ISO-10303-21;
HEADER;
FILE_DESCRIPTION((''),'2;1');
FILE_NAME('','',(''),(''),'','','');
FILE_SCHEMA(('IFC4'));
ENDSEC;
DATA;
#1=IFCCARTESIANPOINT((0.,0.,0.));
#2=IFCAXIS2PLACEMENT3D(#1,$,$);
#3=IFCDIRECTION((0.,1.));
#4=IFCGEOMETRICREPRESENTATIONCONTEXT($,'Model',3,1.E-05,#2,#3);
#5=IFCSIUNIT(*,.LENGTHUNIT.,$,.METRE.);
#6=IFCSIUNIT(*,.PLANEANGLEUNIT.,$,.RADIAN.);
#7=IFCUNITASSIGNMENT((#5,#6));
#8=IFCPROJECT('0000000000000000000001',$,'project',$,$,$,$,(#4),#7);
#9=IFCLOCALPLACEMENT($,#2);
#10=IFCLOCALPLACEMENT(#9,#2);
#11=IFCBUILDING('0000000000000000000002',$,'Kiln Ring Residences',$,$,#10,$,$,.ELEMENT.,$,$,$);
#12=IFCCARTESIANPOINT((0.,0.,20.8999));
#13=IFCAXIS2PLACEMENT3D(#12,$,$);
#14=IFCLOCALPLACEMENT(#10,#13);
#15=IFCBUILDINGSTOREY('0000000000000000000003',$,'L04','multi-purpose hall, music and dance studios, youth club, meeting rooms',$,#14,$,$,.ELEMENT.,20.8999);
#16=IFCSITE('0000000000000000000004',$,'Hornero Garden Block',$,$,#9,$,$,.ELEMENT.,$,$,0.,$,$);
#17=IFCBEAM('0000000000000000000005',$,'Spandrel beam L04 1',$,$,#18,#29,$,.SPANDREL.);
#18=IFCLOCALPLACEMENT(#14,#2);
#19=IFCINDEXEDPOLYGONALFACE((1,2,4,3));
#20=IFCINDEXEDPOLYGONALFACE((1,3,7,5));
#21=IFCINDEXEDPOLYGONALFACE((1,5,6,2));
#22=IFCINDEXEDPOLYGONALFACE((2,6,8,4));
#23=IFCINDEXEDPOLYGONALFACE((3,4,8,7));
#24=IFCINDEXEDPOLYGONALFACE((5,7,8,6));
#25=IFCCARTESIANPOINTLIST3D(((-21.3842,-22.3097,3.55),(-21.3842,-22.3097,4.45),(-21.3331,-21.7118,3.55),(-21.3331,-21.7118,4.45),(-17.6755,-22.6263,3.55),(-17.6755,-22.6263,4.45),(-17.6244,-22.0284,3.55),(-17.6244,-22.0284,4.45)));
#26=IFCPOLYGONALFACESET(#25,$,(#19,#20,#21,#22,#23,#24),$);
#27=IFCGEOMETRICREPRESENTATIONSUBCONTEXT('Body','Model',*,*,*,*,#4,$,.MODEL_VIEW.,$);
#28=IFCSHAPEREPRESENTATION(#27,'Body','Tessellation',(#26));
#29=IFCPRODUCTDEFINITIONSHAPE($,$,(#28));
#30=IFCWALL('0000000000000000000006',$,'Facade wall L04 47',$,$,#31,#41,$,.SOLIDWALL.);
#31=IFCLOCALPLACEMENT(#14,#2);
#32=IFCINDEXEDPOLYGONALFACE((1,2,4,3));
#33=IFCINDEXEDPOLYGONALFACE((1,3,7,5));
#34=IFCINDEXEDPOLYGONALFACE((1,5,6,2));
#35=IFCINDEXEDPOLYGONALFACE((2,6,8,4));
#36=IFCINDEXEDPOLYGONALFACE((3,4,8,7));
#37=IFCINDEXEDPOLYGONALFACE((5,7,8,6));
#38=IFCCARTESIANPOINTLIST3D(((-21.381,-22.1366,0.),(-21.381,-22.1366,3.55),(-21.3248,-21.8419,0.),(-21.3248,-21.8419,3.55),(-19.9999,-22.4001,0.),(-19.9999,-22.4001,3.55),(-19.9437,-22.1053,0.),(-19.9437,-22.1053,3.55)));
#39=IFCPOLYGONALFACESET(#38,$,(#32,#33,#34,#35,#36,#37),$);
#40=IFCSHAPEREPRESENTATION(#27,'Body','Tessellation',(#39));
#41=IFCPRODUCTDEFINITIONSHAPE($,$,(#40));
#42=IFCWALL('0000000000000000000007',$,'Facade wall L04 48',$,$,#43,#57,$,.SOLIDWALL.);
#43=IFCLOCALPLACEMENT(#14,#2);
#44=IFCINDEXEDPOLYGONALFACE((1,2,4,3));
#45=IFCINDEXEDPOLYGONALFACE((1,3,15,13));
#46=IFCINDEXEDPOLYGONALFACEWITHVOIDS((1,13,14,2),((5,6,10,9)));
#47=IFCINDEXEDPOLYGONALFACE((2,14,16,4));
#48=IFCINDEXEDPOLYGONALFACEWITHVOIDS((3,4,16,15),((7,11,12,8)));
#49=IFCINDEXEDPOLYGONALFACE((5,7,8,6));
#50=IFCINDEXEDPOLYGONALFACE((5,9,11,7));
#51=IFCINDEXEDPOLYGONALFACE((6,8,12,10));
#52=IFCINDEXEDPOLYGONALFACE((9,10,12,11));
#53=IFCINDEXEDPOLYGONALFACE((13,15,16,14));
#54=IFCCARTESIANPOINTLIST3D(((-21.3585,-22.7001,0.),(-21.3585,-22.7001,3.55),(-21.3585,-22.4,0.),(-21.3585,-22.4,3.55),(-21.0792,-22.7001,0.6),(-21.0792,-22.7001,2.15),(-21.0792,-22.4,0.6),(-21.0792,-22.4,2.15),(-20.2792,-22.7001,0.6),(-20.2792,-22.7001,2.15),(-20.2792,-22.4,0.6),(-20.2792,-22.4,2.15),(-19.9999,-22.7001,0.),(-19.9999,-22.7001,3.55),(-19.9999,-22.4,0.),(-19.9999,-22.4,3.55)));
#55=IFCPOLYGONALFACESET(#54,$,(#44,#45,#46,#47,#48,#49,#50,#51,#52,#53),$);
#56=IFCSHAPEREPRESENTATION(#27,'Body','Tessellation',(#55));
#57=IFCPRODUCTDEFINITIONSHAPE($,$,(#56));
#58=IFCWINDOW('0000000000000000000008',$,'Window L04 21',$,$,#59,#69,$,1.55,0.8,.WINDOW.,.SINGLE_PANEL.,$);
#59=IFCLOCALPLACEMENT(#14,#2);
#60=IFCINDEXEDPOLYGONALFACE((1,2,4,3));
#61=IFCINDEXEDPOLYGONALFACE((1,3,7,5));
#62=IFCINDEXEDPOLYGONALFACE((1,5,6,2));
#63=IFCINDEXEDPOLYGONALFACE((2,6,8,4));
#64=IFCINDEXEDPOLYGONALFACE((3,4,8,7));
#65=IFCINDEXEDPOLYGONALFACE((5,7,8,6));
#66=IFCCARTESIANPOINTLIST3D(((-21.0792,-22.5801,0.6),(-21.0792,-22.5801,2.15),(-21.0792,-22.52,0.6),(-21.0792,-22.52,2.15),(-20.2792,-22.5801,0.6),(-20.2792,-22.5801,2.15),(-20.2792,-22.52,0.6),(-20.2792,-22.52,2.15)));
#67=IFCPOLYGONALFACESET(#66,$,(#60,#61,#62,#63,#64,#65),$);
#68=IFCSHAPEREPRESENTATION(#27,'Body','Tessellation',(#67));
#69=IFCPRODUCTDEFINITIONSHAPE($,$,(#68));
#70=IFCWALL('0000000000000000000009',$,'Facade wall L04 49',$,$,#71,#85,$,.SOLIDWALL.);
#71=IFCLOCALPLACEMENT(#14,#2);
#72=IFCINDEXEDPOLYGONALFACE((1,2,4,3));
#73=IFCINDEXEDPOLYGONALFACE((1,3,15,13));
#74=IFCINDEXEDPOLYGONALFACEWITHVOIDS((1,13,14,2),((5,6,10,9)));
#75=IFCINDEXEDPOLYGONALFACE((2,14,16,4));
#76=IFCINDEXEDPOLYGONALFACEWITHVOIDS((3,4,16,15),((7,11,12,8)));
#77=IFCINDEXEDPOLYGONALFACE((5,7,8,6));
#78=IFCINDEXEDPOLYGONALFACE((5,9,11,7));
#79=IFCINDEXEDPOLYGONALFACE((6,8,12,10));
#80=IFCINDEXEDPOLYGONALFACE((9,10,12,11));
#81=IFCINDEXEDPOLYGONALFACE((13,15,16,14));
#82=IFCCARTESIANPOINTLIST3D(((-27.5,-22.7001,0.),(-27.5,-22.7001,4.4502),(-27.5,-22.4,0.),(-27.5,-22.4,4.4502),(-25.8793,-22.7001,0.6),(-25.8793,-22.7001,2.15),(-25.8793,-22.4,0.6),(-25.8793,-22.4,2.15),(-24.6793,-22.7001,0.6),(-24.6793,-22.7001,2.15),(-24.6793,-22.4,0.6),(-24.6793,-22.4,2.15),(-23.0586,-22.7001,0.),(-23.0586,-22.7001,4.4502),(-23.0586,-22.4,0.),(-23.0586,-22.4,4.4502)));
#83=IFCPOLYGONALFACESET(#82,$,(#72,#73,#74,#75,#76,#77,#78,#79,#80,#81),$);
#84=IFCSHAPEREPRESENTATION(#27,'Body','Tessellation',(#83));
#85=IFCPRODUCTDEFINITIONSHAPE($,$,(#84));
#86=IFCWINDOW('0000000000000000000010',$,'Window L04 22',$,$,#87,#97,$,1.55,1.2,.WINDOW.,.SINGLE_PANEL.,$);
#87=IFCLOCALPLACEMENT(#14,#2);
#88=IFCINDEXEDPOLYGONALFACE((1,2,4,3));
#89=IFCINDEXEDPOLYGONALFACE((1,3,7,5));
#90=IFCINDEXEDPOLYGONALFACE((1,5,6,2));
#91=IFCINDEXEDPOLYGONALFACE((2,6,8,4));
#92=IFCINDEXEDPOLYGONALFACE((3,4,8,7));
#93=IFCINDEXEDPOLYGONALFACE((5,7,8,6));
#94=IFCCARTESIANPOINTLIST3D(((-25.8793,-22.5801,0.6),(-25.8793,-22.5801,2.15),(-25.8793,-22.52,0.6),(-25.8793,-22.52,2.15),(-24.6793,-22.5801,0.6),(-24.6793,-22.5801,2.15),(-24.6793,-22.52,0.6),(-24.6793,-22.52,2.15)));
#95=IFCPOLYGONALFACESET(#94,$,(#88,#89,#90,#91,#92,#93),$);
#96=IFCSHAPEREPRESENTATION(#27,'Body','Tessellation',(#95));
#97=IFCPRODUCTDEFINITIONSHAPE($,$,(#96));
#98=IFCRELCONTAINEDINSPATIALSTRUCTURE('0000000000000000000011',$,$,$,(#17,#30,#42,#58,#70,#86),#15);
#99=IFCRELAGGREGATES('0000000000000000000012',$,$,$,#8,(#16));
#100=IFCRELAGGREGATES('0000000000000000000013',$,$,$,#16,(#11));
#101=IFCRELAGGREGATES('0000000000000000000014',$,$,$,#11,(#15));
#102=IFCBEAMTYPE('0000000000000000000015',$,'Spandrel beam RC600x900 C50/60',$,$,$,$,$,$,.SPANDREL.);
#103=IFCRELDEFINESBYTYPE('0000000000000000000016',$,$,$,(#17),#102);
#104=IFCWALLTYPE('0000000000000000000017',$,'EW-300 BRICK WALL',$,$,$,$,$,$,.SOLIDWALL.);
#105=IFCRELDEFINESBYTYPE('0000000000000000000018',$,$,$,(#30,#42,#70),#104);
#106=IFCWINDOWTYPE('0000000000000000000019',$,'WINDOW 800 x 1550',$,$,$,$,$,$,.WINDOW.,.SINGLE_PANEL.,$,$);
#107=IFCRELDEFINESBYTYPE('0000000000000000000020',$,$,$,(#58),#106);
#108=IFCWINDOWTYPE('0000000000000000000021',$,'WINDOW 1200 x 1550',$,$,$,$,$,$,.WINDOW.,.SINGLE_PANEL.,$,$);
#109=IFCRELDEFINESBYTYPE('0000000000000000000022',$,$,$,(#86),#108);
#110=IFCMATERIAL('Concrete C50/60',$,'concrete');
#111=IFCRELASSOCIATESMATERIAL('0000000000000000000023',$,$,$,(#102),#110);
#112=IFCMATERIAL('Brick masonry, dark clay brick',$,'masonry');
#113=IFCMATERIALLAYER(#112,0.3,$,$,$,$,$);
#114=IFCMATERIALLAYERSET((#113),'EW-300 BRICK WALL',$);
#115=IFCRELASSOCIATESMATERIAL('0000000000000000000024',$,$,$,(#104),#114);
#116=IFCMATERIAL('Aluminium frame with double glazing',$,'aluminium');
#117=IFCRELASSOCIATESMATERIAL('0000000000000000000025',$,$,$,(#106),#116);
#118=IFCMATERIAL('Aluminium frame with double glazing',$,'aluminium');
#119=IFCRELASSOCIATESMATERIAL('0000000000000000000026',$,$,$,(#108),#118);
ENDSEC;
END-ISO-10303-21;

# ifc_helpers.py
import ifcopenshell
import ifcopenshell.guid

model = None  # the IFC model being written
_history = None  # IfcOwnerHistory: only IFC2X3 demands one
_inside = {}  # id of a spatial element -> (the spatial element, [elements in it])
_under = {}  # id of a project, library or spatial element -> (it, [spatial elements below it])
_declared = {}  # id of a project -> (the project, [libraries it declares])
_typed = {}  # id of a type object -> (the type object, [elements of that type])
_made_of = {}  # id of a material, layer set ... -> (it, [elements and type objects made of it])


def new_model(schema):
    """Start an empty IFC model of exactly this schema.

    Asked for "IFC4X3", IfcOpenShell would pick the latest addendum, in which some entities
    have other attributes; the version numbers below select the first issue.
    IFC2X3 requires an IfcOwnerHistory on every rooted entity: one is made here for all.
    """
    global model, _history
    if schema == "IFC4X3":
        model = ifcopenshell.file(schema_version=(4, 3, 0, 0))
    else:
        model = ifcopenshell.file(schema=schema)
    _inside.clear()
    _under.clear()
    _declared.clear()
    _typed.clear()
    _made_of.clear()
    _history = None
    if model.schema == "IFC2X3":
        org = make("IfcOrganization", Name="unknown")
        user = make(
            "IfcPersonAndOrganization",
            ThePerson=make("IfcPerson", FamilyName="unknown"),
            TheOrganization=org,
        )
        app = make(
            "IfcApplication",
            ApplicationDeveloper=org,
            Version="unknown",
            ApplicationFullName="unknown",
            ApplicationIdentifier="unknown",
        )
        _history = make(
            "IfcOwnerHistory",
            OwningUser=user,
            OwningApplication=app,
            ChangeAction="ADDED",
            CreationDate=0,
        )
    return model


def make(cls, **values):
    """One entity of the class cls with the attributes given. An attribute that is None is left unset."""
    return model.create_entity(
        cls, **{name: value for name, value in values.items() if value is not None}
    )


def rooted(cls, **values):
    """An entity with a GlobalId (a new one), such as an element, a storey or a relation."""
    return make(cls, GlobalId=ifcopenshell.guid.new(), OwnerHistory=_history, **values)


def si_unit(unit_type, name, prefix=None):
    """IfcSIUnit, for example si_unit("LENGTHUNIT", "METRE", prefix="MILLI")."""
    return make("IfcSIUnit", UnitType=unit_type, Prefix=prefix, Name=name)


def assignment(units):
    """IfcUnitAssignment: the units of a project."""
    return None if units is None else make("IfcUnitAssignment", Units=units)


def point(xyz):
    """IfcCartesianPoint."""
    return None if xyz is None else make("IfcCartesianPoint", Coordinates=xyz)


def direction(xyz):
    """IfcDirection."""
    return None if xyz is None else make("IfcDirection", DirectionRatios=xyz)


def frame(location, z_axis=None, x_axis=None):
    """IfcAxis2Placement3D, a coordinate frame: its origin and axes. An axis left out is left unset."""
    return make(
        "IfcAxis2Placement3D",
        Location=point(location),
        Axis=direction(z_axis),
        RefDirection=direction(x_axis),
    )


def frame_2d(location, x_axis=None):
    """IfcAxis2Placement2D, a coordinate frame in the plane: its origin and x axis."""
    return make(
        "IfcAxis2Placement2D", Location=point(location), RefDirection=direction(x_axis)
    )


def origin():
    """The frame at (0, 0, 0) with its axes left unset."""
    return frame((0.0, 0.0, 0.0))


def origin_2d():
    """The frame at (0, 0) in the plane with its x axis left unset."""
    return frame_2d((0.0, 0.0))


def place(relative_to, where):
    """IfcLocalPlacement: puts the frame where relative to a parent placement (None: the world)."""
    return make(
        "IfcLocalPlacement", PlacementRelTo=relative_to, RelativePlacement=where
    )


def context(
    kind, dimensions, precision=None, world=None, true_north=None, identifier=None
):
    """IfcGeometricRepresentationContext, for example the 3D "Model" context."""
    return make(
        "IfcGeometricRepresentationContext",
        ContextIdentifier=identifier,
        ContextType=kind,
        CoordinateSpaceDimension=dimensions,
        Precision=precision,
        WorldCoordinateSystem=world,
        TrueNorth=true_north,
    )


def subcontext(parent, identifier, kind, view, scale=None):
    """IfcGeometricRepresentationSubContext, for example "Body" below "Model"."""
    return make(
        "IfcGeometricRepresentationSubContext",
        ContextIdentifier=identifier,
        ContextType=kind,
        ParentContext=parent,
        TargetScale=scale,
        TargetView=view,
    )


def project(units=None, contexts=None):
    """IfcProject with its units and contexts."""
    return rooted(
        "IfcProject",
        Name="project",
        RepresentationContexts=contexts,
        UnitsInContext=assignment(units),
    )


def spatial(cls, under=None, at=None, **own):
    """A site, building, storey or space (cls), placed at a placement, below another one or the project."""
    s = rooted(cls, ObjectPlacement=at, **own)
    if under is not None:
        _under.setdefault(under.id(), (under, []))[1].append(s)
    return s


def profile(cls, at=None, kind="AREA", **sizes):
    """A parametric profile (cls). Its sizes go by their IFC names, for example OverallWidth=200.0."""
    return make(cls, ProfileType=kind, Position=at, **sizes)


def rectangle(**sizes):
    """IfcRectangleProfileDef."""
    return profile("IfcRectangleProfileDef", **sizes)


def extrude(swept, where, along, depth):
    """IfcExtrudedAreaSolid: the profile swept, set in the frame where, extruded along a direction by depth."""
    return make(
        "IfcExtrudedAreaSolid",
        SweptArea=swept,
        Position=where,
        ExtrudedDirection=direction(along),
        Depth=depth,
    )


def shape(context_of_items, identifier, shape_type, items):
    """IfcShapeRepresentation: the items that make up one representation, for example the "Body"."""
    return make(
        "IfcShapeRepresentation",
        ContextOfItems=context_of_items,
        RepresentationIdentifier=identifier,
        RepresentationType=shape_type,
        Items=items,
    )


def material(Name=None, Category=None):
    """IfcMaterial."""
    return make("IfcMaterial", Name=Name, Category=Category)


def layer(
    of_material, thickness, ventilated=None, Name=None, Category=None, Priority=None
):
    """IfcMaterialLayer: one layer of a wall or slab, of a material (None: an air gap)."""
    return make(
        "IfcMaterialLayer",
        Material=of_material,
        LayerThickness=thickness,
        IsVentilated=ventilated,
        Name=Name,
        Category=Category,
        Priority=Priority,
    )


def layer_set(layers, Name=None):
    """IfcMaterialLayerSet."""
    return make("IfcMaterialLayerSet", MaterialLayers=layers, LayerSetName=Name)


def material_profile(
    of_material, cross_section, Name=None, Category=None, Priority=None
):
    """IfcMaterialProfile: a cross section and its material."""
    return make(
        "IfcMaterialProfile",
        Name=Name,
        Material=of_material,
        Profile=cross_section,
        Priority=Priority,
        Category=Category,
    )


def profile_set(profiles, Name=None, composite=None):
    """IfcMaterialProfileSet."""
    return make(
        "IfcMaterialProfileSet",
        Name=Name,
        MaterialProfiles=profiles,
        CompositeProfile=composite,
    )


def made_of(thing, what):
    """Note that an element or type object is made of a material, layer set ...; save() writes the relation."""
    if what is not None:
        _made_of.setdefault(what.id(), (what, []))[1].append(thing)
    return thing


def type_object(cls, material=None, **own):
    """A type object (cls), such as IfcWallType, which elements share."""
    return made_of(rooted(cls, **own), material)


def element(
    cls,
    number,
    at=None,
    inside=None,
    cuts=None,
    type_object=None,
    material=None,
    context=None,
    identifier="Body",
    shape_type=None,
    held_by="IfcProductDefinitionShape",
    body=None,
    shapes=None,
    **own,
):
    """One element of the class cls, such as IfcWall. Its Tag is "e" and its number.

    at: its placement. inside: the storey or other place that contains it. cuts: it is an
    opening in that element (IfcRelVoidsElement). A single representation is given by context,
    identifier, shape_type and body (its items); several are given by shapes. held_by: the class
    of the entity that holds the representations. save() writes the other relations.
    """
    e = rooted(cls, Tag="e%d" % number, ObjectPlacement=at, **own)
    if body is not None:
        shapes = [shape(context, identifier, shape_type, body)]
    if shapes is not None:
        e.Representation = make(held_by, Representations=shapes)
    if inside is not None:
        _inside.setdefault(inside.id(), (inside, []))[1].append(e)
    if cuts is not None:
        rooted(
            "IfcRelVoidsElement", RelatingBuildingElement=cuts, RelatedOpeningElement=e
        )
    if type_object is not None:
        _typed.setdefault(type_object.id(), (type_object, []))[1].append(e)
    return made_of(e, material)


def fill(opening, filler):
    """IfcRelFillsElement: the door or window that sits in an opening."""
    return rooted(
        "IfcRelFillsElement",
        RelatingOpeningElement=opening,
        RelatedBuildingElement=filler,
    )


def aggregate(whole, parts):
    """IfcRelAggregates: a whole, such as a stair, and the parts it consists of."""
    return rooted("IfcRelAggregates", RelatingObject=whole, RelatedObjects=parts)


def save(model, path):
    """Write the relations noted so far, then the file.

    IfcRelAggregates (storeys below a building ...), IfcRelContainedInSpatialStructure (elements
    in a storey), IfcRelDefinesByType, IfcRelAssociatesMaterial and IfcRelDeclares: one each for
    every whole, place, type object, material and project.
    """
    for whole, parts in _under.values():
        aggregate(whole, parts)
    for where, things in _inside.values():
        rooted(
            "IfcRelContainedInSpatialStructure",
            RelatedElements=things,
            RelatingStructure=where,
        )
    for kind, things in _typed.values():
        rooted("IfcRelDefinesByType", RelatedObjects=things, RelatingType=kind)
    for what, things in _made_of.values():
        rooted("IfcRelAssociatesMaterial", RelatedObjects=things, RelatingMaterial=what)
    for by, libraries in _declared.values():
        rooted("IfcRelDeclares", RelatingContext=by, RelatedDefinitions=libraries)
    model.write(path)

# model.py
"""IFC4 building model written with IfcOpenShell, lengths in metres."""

from ifc_helpers import new_model, si_unit, direction, frame, frame_2d, origin, origin_2d, place, context, subcontext, project, spatial, rectangle, extrude, material, layer, layer_set, material_profile, profile_set, type_object, element, fill, save


model = new_model("IFC4")

# Units and contexts
model_context = context("Model", 3, precision=1e-05, world=origin(), true_north=direction((0.0, 1.0)))
body_context = subcontext(model_context, "Body", "Model", "MODEL_VIEW")
ifc_project = project(units=[si_unit("LENGTHUNIT", "METRE"), si_unit("PLANEANGLEUNIT", "RADIAN")], contexts=[model_context])

# Site, building, storey
site_placement = place(None, origin())
site = spatial("IfcSite", under=ifc_project, at=site_placement, Name="Hornero Garden Block", CompositionType="ELEMENT", RefElevation=0.0)
building_placement = place(site_placement, origin())
building = spatial("IfcBuilding", under=site, at=building_placement, Name="Kiln Ring Residences", CompositionType="ELEMENT")
storey_placement = place(building_placement, frame((0.0, 0.0, 20.8999)))
storey = spatial("IfcBuildingStorey", under=building, at=storey_placement, Name="L04", Description="multi-purpose hall, music and dance studios, youth club, meeting rooms", CompositionType="ELEMENT", Elevation=20.8999)

# Beam
ifc_material_1 = material(Name="Concrete C50/60", Category="concrete")
ifc_material_profile = material_profile(ifc_material_1, rectangle(XDim=0.6001, YDim=0.8999, at=origin_2d()), Name="RC600x900")
ifc_profile_set = profile_set([ifc_material_profile], Name="Concrete C50/60")
beam_type = type_object("IfcBeamType", Name="Spandrel beam RC600x900 C50/60", PredefinedType="SPANDREL", material=ifc_profile_set)
beam_placement = place(storey_placement, frame((-21.3586, -22.0107, 4.0), z_axis=(0.996375, -0.08507, 0.0), x_axis=(0.08507, 0.996375, 0.0)))
element("IfcBeam", 1, at=beam_placement, inside=storey, type_object=beam_type, Name="Spandrel beam L04 1", PredefinedType="SPANDREL", context=body_context, shape_type="SweptSolid", body=[
    extrude(rectangle(XDim=0.6001, YDim=0.8999, at=origin_2d()), origin(), (0.0, 0.0, 1.0), 3.7222),
])

# Wall
ifc_material_2 = material(Name="Brick masonry, dark clay brick", Category="masonry")
ifc_layer_1 = layer(ifc_material_2, 0.3)
ifc_layer_set_1 = layer_set([ifc_layer_1], Name="EW-300 BRICK WALL")
wall_type_1 = type_object("IfcWallType", Name="EW-300 BRICK WALL", PredefinedType="SOLIDWALL", material=ifc_layer_set_1)
wall_1_placement = place(storey_placement, frame((-21.353, -21.9893, 0.0), z_axis=(0.0, 0.0, 1.0), x_axis=(0.982291, -0.187359, 0.0)))
element("IfcWall", 2, at=wall_1_placement, inside=storey, type_object=wall_type_1, Name="Facade wall L04 47", PredefinedType="SOLIDWALL", context=body_context, shape_type="SweptSolid", body=[
    extrude(rectangle(XDim=1.406, YDim=0.3, at=frame_2d((0.7031, 0.0))), origin(), (0.0, 0.0, 1.0), 3.55),
])

# Walls, openings, windows
wall_2_placement = place(storey_placement, frame((-20.0, -22.55, 0.0), z_axis=(0.0, 0.0, 1.0), x_axis=(-1.0, 0.0, 0.0)))
wall_2 = element("IfcWall", 3, at=wall_2_placement, inside=storey, type_object=wall_type_1, Name="Facade wall L04 48", PredefinedType="SOLIDWALL", context=body_context, shape_type="SweptSolid", body=[
    extrude(rectangle(XDim=1.3586, YDim=0.3, at=frame_2d((0.6792, 0.0))), origin(), (0.0, 0.0, 1.0), 3.55),
])
opening_1_placement = place(wall_2_placement, frame((0.2793, 0.0, 0.6001)))
opening_1 = element("IfcOpeningElement", 4, at=opening_1_placement, cuts=wall_2, PredefinedType="OPENING", context=body_context, shape_type="SweptSolid", body=[
    extrude(rectangle(XDim=0.8, YDim=1.55, at=frame_2d((0.3999, 0.7749))), frame((0.0, 0.1599, 0.0), z_axis=(0.0, -1.0, 0.0), x_axis=(1.0, 0.0, 0.0)), (0.0, 0.0, 1.0), 0.3201),
])
ifc_material_3 = material(Name="Aluminium frame with double glazing", Category="aluminium")
window_type_1 = type_object("IfcWindowType", Name="WINDOW 800 x 1550", PartitioningType="SINGLE_PANEL", PredefinedType="WINDOW", material=ifc_material_3)
window_1_placement = place(opening_1_placement, origin())
window_1 = element("IfcWindow", 5, at=window_1_placement, inside=storey, type_object=window_type_1, Name="Window L04 21", OverallHeight=1.55, OverallWidth=0.8, PartitioningType="SINGLE_PANEL", PredefinedType="WINDOW", context=body_context, shape_type="SweptSolid", body=[
    extrude(rectangle(XDim=0.8, YDim=1.55, at=frame_2d((0.3999, 0.7749))), frame((0.0, 0.03, 0.0), z_axis=(0.0, -1.0, 0.0), x_axis=(1.0, 0.0, 0.0)), (0.0, 0.0, 1.0), 0.0601),
])
fill(opening_1, window_1)
wall_3_placement = place(storey_placement, frame((-23.0586, -22.55, 0.0), z_axis=(0.0, 0.0, 1.0), x_axis=(-1.0, 0.0, 0.0)))
wall_3 = element("IfcWall", 6, at=wall_3_placement, inside=storey, type_object=wall_type_1, Name="Facade wall L04 49", PredefinedType="SOLIDWALL", context=body_context, shape_type="SweptSolid", body=[
    extrude(rectangle(XDim=4.4414, YDim=0.3, at=frame_2d((2.2207, 0.0))), origin(), (0.0, 0.0, 1.0), 4.4502),
])
opening_2_placement = place(wall_3_placement, frame((1.6206, 0.0, 0.6001)))
opening_2 = element("IfcOpeningElement", 7, at=opening_2_placement, cuts=wall_3, PredefinedType="OPENING", context=body_context, shape_type="SweptSolid", body=[
    extrude(rectangle(XDim=1.2, YDim=1.55, at=frame_2d((0.6001, 0.7749))), frame((0.0, 0.1599, 0.0), z_axis=(0.0, -1.0, 0.0), x_axis=(1.0, 0.0, 0.0)), (0.0, 0.0, 1.0), 0.3201),
])
ifc_material_4 = material(Name="Aluminium frame with double glazing", Category="aluminium")
window_type_2 = type_object("IfcWindowType", Name="WINDOW 1200 x 1550", PartitioningType="SINGLE_PANEL", PredefinedType="WINDOW", material=ifc_material_4)
window_2_placement = place(opening_2_placement, origin())
window_2 = element("IfcWindow", 8, at=window_2_placement, inside=storey, type_object=window_type_2, Name="Window L04 22", OverallHeight=1.55, OverallWidth=1.2, PartitioningType="SINGLE_PANEL", PredefinedType="WINDOW", context=body_context, shape_type="SweptSolid", body=[
    extrude(rectangle(XDim=1.2, YDim=1.55, at=frame_2d((0.6001, 0.7749))), frame((0.0, 0.03, 0.0), z_axis=(0.0, -1.0, 0.0), x_axis=(1.0, 0.0, 0.0)), (0.0, 0.0, 1.0), 0.0601),
])
fill(opening_2, window_2)

save(model, "model.ifc")
